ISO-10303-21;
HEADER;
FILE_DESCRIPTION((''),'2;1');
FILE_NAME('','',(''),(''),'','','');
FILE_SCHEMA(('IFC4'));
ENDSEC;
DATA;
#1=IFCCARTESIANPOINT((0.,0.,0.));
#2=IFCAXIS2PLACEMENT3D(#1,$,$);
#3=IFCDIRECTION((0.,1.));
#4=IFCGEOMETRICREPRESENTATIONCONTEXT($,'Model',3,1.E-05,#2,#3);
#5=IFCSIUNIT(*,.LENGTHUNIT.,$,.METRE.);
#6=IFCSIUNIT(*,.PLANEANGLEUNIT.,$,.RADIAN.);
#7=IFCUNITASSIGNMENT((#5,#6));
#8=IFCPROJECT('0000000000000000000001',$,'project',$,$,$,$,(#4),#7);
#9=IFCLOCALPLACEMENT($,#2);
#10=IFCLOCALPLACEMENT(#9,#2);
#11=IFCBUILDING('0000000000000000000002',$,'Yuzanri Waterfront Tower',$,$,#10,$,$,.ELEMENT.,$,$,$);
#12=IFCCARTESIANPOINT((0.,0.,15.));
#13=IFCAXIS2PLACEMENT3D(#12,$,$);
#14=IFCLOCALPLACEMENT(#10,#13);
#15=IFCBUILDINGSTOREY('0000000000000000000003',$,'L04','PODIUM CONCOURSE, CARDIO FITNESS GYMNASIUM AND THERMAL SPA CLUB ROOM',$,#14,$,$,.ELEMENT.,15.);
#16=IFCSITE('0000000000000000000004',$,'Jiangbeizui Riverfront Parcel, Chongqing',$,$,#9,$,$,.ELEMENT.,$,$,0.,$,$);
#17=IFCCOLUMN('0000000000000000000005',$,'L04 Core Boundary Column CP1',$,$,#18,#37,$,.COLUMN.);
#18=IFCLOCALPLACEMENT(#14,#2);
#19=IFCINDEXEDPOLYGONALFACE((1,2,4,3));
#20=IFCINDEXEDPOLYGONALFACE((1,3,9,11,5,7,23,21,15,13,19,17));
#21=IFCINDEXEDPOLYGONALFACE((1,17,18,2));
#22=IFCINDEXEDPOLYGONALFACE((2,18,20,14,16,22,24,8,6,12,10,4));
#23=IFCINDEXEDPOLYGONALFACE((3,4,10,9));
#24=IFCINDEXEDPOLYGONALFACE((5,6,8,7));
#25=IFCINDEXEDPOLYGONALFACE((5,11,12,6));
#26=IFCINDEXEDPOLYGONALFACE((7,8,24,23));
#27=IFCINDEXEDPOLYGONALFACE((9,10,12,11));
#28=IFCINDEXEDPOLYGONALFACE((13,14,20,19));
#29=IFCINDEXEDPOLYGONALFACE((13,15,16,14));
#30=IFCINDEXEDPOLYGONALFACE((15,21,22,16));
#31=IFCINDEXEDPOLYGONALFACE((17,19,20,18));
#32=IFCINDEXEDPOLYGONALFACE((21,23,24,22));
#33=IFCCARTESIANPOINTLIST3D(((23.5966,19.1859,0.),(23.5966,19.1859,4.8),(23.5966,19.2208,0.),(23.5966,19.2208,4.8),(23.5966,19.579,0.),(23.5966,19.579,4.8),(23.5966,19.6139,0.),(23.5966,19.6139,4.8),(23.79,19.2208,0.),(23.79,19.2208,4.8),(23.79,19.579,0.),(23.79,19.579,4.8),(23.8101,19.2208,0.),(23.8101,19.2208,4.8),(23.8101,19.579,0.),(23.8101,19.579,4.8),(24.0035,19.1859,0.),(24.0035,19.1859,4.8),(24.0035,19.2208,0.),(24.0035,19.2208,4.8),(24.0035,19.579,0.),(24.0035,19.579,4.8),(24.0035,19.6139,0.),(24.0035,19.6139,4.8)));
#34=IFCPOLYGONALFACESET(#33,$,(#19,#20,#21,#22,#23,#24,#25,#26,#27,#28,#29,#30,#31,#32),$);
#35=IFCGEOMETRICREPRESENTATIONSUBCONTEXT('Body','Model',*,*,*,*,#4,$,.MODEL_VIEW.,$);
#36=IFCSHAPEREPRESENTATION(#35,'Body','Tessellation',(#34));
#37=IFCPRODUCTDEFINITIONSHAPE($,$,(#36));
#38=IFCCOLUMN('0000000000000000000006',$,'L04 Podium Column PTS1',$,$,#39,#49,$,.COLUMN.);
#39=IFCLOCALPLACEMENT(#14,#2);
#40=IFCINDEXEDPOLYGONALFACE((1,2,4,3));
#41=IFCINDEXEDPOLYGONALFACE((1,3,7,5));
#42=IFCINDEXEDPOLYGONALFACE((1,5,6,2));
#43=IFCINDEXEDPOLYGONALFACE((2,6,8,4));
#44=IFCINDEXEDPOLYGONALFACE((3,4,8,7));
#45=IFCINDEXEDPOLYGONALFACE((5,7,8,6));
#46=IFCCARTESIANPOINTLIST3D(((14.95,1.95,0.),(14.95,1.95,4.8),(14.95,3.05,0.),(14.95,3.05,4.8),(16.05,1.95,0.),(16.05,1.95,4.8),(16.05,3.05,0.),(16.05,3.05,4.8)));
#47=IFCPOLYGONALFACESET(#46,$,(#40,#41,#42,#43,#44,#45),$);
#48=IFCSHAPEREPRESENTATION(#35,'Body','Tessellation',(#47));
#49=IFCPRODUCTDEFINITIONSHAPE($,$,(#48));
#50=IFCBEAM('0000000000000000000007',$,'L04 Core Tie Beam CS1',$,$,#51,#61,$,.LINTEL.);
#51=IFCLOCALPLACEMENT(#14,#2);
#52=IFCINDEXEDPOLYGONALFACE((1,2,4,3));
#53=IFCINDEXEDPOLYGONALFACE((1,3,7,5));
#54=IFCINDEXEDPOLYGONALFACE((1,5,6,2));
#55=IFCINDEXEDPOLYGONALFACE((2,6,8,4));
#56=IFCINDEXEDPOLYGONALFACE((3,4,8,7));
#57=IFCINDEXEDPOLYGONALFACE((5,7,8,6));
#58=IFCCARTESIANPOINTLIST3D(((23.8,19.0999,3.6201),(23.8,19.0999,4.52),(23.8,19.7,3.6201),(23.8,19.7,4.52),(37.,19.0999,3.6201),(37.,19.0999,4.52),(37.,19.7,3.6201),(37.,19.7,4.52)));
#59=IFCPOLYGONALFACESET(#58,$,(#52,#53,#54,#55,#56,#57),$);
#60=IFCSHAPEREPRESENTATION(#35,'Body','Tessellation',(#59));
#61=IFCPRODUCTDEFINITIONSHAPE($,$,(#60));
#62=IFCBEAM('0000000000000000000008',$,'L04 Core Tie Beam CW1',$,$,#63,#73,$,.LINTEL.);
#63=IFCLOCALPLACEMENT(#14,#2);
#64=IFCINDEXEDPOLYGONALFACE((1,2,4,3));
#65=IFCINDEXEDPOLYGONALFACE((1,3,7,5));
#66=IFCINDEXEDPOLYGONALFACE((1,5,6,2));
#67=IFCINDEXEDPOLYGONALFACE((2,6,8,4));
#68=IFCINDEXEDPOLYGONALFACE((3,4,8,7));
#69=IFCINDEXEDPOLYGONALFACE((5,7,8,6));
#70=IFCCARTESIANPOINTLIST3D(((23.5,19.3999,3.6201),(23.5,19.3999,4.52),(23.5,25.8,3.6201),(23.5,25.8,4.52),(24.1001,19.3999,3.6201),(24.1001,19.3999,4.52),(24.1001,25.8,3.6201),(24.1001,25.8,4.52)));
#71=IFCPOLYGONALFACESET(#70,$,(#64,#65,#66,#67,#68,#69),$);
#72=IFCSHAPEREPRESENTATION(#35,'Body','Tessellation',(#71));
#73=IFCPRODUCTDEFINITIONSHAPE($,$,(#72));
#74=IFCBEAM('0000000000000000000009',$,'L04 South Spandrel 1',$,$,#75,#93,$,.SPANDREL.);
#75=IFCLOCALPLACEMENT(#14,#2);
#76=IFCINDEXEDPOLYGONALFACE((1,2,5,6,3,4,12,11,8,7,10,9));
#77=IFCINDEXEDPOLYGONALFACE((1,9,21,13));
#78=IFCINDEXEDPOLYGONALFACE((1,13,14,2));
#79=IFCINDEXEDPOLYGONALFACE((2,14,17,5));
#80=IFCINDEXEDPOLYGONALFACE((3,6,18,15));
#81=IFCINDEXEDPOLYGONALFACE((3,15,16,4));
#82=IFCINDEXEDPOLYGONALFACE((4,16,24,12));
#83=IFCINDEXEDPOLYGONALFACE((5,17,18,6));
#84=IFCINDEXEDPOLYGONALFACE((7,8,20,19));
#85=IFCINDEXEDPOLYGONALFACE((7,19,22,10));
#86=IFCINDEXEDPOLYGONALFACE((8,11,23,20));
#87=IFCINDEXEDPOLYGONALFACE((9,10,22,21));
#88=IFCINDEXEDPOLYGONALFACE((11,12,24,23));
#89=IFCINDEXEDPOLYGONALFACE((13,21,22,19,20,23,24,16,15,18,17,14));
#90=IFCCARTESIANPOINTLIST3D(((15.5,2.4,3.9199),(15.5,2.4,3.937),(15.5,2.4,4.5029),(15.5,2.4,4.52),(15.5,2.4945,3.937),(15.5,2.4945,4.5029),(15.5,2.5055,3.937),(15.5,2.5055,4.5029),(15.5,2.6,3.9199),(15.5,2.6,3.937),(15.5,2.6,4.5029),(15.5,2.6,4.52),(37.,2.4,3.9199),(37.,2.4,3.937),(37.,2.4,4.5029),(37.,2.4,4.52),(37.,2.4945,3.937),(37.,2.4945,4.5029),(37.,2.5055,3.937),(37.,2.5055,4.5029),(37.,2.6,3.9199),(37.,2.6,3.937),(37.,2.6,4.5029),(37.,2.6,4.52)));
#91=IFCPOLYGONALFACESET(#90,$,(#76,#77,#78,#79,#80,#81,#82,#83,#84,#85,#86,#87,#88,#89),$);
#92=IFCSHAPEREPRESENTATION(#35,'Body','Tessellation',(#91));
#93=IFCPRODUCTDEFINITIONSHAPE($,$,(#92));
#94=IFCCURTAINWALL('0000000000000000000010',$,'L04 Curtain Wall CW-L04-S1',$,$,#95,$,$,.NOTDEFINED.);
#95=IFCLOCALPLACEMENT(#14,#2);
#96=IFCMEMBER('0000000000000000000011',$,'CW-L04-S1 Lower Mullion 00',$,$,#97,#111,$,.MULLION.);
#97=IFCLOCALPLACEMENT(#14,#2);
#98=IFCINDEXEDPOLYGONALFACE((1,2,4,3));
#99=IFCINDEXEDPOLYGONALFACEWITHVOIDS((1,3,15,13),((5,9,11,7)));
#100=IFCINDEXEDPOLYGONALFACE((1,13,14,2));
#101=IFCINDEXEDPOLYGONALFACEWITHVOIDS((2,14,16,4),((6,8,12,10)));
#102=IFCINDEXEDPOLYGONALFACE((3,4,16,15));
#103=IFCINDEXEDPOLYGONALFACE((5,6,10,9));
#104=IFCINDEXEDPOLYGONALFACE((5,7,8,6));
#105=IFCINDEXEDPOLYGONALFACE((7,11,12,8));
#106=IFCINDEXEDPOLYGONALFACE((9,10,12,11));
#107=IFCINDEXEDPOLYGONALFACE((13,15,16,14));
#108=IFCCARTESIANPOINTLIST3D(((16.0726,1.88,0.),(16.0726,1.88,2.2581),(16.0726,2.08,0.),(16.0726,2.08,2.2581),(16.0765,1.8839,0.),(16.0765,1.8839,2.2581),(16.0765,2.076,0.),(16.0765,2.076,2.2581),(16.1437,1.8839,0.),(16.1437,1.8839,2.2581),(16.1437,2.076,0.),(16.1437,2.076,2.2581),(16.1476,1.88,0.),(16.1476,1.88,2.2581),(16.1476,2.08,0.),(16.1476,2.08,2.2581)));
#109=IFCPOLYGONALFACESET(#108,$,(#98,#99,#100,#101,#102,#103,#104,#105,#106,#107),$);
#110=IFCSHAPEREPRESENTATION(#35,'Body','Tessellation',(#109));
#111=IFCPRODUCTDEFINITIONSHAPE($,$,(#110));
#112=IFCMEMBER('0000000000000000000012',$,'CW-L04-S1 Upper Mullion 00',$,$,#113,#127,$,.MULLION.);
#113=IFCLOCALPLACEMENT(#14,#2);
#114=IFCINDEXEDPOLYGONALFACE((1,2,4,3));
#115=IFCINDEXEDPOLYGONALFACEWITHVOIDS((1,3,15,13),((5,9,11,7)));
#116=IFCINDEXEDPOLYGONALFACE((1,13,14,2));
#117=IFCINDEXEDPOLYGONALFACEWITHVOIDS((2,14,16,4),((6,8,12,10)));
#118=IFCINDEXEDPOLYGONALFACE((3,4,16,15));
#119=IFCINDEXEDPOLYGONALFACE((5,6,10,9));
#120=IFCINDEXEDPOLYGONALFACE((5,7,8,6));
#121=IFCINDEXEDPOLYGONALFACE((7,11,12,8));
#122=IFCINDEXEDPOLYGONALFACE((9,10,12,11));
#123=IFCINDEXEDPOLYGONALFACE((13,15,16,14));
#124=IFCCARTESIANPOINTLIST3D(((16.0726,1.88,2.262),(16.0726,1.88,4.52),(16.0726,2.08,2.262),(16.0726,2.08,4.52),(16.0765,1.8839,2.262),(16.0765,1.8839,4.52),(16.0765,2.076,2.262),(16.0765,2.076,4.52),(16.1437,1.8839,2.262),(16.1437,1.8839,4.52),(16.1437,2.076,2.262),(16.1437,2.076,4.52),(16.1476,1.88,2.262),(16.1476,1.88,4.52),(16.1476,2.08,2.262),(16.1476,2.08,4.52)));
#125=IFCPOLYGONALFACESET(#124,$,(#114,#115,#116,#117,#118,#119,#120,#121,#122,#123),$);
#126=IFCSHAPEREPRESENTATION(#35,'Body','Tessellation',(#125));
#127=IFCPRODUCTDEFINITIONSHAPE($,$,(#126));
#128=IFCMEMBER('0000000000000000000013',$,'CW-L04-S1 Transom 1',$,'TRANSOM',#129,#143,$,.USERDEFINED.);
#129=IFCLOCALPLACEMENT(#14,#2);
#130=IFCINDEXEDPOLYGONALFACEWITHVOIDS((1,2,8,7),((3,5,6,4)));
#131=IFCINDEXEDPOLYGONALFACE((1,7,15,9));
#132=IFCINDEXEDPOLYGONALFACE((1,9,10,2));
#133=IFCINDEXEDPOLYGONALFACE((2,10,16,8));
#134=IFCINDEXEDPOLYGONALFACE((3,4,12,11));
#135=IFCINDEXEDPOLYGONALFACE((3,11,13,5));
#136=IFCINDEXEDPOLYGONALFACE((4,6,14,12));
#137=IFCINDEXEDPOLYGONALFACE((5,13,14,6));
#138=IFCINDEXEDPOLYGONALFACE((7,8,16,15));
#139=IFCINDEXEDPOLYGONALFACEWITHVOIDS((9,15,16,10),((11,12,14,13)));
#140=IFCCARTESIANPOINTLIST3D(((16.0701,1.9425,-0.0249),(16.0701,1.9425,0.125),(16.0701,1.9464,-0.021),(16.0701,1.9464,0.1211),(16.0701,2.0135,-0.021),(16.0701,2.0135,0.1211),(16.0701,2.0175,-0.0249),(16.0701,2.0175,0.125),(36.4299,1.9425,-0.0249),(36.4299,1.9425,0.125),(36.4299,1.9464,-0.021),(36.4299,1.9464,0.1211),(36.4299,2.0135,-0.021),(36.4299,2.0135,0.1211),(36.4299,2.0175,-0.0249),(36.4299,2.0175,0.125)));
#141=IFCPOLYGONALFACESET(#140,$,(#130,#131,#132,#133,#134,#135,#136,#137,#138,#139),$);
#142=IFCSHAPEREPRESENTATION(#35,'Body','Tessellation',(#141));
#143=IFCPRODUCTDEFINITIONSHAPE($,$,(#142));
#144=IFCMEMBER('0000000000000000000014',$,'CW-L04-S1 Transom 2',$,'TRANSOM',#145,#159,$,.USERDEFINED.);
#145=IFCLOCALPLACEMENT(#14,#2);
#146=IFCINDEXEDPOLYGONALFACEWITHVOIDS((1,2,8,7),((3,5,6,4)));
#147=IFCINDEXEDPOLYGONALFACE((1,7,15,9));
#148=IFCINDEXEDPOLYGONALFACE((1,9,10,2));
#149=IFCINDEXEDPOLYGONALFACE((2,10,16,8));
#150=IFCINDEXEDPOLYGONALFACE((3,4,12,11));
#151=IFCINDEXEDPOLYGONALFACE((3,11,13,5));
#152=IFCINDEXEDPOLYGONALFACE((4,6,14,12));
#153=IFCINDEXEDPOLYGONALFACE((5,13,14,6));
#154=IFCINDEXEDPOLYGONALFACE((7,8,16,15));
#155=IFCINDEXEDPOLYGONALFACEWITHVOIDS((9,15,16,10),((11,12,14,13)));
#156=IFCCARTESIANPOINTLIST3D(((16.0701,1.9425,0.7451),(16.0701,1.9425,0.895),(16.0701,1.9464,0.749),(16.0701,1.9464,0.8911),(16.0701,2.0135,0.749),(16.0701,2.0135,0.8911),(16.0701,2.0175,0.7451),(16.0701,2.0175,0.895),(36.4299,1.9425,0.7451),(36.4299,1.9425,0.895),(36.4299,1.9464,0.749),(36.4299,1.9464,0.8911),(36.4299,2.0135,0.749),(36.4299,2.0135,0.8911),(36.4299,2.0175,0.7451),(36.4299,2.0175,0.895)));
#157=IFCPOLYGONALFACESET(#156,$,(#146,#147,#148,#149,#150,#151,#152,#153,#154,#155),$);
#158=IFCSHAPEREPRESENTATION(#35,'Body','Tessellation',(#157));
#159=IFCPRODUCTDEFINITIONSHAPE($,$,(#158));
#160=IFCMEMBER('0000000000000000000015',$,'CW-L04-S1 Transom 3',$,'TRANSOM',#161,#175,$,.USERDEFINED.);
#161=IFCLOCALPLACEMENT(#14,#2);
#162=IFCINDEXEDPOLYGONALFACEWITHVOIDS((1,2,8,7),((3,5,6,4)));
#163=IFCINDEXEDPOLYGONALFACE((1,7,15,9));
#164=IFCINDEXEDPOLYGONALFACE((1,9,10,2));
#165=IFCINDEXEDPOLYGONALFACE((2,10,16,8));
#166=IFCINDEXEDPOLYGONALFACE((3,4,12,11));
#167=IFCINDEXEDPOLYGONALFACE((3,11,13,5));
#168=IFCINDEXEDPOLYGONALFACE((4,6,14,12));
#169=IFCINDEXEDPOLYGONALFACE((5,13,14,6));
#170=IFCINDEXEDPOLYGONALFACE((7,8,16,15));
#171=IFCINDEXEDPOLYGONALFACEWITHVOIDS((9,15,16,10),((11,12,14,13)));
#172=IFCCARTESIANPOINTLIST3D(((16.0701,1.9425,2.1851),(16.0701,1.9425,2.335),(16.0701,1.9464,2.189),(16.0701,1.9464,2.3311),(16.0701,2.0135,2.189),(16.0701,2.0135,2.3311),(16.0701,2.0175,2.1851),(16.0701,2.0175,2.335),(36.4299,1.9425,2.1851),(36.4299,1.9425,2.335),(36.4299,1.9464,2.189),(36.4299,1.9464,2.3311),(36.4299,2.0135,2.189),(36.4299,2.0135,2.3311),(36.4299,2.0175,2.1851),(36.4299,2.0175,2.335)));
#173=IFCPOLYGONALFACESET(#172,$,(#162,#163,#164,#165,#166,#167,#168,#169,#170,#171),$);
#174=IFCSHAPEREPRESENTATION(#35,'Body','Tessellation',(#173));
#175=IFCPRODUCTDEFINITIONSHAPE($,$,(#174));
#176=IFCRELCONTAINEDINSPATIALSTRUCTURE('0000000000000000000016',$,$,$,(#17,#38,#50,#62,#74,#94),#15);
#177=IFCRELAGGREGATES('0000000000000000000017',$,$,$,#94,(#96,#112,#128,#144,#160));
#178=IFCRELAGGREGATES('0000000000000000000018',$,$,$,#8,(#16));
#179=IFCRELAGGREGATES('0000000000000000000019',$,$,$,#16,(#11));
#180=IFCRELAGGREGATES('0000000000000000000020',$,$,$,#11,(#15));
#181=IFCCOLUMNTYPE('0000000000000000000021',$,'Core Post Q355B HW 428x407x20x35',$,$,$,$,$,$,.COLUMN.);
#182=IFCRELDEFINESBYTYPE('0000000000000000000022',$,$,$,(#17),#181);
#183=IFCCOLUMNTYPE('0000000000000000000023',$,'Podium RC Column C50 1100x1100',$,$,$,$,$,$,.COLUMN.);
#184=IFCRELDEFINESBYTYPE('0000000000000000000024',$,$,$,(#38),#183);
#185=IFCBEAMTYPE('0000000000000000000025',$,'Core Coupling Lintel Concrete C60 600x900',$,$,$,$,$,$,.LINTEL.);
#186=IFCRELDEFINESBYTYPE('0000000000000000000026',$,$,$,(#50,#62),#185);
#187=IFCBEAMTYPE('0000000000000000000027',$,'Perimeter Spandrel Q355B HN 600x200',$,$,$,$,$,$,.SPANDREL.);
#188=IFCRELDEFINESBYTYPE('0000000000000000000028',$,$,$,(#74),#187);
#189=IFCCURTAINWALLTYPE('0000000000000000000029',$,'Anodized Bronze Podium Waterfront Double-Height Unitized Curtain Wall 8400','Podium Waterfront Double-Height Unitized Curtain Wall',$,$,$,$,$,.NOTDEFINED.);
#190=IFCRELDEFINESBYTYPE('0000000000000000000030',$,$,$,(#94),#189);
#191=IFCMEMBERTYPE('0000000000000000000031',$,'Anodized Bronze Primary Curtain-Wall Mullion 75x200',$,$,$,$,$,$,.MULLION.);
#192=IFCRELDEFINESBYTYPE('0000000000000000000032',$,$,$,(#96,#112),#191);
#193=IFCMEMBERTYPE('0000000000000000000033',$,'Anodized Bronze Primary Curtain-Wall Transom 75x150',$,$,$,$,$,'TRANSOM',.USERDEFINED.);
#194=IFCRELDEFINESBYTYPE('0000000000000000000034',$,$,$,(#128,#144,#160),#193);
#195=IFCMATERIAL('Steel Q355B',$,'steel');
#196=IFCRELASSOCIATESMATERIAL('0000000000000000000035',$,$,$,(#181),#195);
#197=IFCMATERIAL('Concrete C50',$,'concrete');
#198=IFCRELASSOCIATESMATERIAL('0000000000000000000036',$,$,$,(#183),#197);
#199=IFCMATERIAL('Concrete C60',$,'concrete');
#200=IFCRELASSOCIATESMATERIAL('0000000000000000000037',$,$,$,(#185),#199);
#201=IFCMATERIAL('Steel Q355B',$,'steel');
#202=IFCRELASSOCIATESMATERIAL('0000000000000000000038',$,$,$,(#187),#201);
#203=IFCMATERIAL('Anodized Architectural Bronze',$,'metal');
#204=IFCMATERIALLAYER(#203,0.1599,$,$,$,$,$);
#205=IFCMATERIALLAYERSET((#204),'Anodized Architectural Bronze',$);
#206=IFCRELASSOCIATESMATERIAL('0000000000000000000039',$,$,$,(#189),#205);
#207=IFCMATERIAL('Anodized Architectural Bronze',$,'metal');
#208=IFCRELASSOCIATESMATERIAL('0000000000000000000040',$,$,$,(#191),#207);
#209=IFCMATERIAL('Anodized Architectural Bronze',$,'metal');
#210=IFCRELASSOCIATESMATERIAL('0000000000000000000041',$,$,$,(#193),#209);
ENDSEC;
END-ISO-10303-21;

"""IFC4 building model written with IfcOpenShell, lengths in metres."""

from ifc_helpers import new_model, si_unit, direction, frame, origin, origin_2d, place, context, subcontext, project, spatial, rectangle, hollow_rectangle, i_section, extrude, source, transform, mapped, material, layer, layer_set, material_profile, profile_set, type_object, element, aggregate, save


model = new_model("IFC4")

# Units and contexts
model_context = context("Model", 3, precision=1e-05, world=origin(), true_north=direction((0.0, 1.0)))
body_context = subcontext(model_context, "Body", "Model", "MODEL_VIEW")
ifc_project = project(units=[si_unit("LENGTHUNIT", "METRE"), si_unit("PLANEANGLEUNIT", "RADIAN")], contexts=[model_context])

# Site, building, storey
site_placement = place(None, origin())
site = spatial("IfcSite", under=ifc_project, at=site_placement, Name="Jiangbeizui Riverfront Parcel, Chongqing", CompositionType="ELEMENT", RefElevation=0.0)
building_placement = place(site_placement, origin())
building = spatial("IfcBuilding", under=site, at=building_placement, Name="Yuzanri Waterfront Tower", CompositionType="ELEMENT")
storey_placement = place(building_placement, frame((0.0, 0.0, 15.0)))
storey = spatial("IfcBuildingStorey", under=building, at=storey_placement, Name="L04", Description="PODIUM CONCOURSE, CARDIO FITNESS GYMNASIUM AND THERMAL SPA CLUB ROOM", CompositionType="ELEMENT", Elevation=15.0)

# Columns
ifc_material_1 = material(Name="Steel Q355B", Category="steel")
ifc_material_profile_1 = material_profile(ifc_material_1, i_section(OverallWidth=0.407, OverallDepth=0.428, WebThickness=0.02, FlangeThickness=0.0349, at=origin_2d()), Name="HW 428x407x20x35")
ifc_profile_set_1 = profile_set([ifc_material_profile_1], Name="Steel Q355B")
column_type_1 = type_object("IfcColumnType", Name="Core Post Q355B HW 428x407x20x35", PredefinedType="COLUMN", material=ifc_profile_set_1)
shared_shape_1 = source(origin(), body_context, "Body", "SweptSolid", [
    extrude(i_section(OverallWidth=0.407, OverallDepth=0.428, WebThickness=0.02, FlangeThickness=0.0349, at=origin_2d()), origin(), (0.0, 0.0, 1.0), 4.8),
])
column_1_placement = place(storey_placement, frame((23.8, 19.3999, 0.0), z_axis=(0.0, 0.0, 1.0), x_axis=(1.0, 0.0, 0.0)))
element("IfcColumn", 1, at=column_1_placement, inside=storey, type_object=column_type_1, Name="L04 Core Boundary Column CP1", PredefinedType="COLUMN", context=body_context, shape_type="MappedRepresentation", body=[
    mapped(shared_shape_1, transform((0.0, 0.0, 0.0), scale=1.0)),
])
ifc_material_2 = material(Name="Concrete C50", Category="concrete")
ifc_material_profile_2 = material_profile(ifc_material_2, rectangle(XDim=1.1001, YDim=1.1001, at=origin_2d()), Name="RC 1100x1100")
ifc_profile_set_2 = profile_set([ifc_material_profile_2], Name="Concrete C50")
column_type_2 = type_object("IfcColumnType", Name="Podium RC Column C50 1100x1100", PredefinedType="COLUMN", material=ifc_profile_set_2)
shared_shape_2 = source(origin(), body_context, "Body", "SweptSolid", [
    extrude(rectangle(XDim=1.1001, YDim=1.1001, at=origin_2d()), origin(), (0.0, 0.0, 1.0), 4.8),
])
column_2_placement = place(storey_placement, frame((15.5, 2.5, 0.0), z_axis=(0.0, 0.0, 1.0), x_axis=(1.0, 0.0, 0.0)))
element("IfcColumn", 2, at=column_2_placement, inside=storey, type_object=column_type_2, Name="L04 Podium Column PTS1", PredefinedType="COLUMN", context=body_context, shape_type="MappedRepresentation", body=[
    mapped(shared_shape_2, transform((0.0, 0.0, 0.0), scale=1.0)),
])

# Beams
ifc_material_3 = material(Name="Concrete C60", Category="concrete")
ifc_material_profile_3 = material_profile(ifc_material_3, rectangle(XDim=0.6001, YDim=0.8999, at=origin_2d()), Name="RC 600x900")
ifc_profile_set_3 = profile_set([ifc_material_profile_3], Name="Concrete C60")
beam_type_1 = type_object("IfcBeamType", Name="Core Coupling Lintel Concrete C60 600x900", PredefinedType="LINTEL", material=ifc_profile_set_3)
shared_shape_3 = source(origin(), body_context, "Body", "SweptSolid", [
    extrude(rectangle(XDim=0.6001, YDim=0.8999, at=origin_2d()), origin(), (0.0, 0.0, 1.0), 13.2),
])
beam_1_placement = place(storey_placement, frame((23.8, 19.3999, 4.0701), z_axis=(1.0, 0.0, 0.0), x_axis=(0.0, 1.0, 0.0)))
element("IfcBeam", 3, at=beam_1_placement, inside=storey, type_object=beam_type_1, Name="L04 Core Tie Beam CS1", PredefinedType="LINTEL", context=body_context, shape_type="MappedRepresentation", body=[
    mapped(shared_shape_3, transform((0.0, 0.0, 0.0), scale=1.0)),
])
shared_shape_4 = source(origin(), body_context, "Body", "SweptSolid", [
    extrude(rectangle(XDim=0.6001, YDim=0.8999, at=origin_2d()), origin(), (0.0, 0.0, 1.0), 6.4001),
])
beam_2_placement = place(storey_placement, frame((23.8, 19.3999, 4.0701), z_axis=(0.0, 1.0, 0.0), x_axis=(-1.0, 0.0, 0.0)))
element("IfcBeam", 4, at=beam_2_placement, inside=storey, type_object=beam_type_1, Name="L04 Core Tie Beam CW1", PredefinedType="LINTEL", context=body_context, shape_type="MappedRepresentation", body=[
    mapped(shared_shape_4, transform((0.0, 0.0, 0.0), scale=1.0)),
])
ifc_material_4 = material(Name="Steel Q355B", Category="steel")
ifc_material_profile_4 = material_profile(ifc_material_4, i_section(OverallWidth=0.2, OverallDepth=0.6001, WebThickness=0.011, FlangeThickness=0.0171, at=origin_2d()), Name="HN 600x200x11x17")
ifc_profile_set_4 = profile_set([ifc_material_profile_4], Name="Steel Q355B")
beam_type_2 = type_object("IfcBeamType", Name="Perimeter Spandrel Q355B HN 600x200", PredefinedType="SPANDREL", material=ifc_profile_set_4)
shared_shape_5 = source(origin(), body_context, "Body", "SweptSolid", [
    extrude(i_section(OverallWidth=0.2, OverallDepth=0.6001, WebThickness=0.011, FlangeThickness=0.0171, at=origin_2d()), origin(), (0.0, 0.0, 1.0), 21.5),
])
beam_3_placement = place(storey_placement, frame((15.5, 2.5, 4.22), z_axis=(1.0, 0.0, 0.0), x_axis=(0.0, 1.0, 0.0)))
element("IfcBeam", 5, at=beam_3_placement, inside=storey, type_object=beam_type_2, Name="L04 South Spandrel 1", PredefinedType="SPANDREL", context=body_context, shape_type="MappedRepresentation", body=[
    mapped(shared_shape_5, transform((0.0, 0.0, 0.0), scale=1.0)),
])

# Curtain wall, members
ifc_material_5 = material(Name="Anodized Architectural Bronze", Category="metal")
ifc_layer_1 = layer(ifc_material_5, 0.1599)
ifc_layer_set_1 = layer_set([ifc_layer_1], Name="Anodized Architectural Bronze")
curtain_wall_type = type_object("IfcCurtainWallType", Name="Anodized Bronze Podium Waterfront Double-Height Unitized Curtain Wall 8400", Description="Podium Waterfront Double-Height Unitized Curtain Wall", PredefinedType="NOTDEFINED", material=ifc_layer_set_1)
curtain_wall_placement = place(storey_placement, origin())
curtain_wall = element("IfcCurtainWall", 6, at=curtain_wall_placement, inside=storey, type_object=curtain_wall_type, Name="L04 Curtain Wall CW-L04-S1", PredefinedType="NOTDEFINED")
ifc_material_6 = material(Name="Anodized Architectural Bronze", Category="metal")
ifc_material_profile_5 = material_profile(ifc_material_6, hollow_rectangle(XDim=0.075, YDim=0.2, WallThickness=0.0039, at=origin_2d()), Name="CWM 75x200")
ifc_profile_set_5 = profile_set([ifc_material_profile_5], Name="Anodized Architectural Bronze")
member_type_1 = type_object("IfcMemberType", Name="Anodized Bronze Primary Curtain-Wall Mullion 75x200", PredefinedType="MULLION", material=ifc_profile_set_5)
shared_shape_6 = source(origin(), body_context, "Body", "SweptSolid", [
    extrude(hollow_rectangle(XDim=0.075, YDim=0.2, WallThickness=0.0039, at=origin_2d()), origin(), (0.0, 0.0, 1.0), 2.2581),
])
member_1_placement = place(storey_placement, frame((16.1101, 1.98, 0.0), z_axis=(0.0, 0.0, 1.0), x_axis=(1.0, 0.0, 0.0)))
member_1 = element("IfcMember", 7, at=member_1_placement, type_object=member_type_1, Name="CW-L04-S1 Lower Mullion 00", PredefinedType="MULLION", context=body_context, shape_type="MappedRepresentation", body=[
    mapped(shared_shape_6, transform((0.0, 0.0, 0.0), scale=1.0)),
])
member_2_placement = place(storey_placement, frame((16.1101, 1.98, 2.262), z_axis=(0.0, 0.0, 1.0), x_axis=(1.0, 0.0, 0.0)))
member_2 = element("IfcMember", 8, at=member_2_placement, type_object=member_type_1, Name="CW-L04-S1 Upper Mullion 00", PredefinedType="MULLION", context=body_context, shape_type="MappedRepresentation", body=[
    mapped(shared_shape_6, transform((0.0, 0.0, 0.0), scale=1.0)),
])
ifc_material_7 = material(Name="Anodized Architectural Bronze", Category="metal")
ifc_material_profile_6 = material_profile(ifc_material_7, hollow_rectangle(XDim=0.075, YDim=0.1499, WallThickness=0.0039, at=origin_2d()), Name="CWT 75x150")
ifc_profile_set_6 = profile_set([ifc_material_profile_6], Name="Anodized Architectural Bronze")
member_type_2 = type_object("IfcMemberType", Name="Anodized Bronze Primary Curtain-Wall Transom 75x150", ElementType="TRANSOM", PredefinedType="USERDEFINED", material=ifc_profile_set_6)
shared_shape_7 = source(origin(), body_context, "Body", "SweptSolid", [
    extrude(hollow_rectangle(XDim=0.075, YDim=0.1499, WallThickness=0.0039, at=origin_2d()), origin(), (0.0, 0.0, 1.0), 20.3599),
])
member_3_placement = place(storey_placement, frame((16.0701, 1.98, 0.05), z_axis=(1.0, 0.0, 0.0), x_axis=(0.0, 1.0, 0.0)))
member_3 = element("IfcMember", 9, at=member_3_placement, type_object=member_type_2, Name="CW-L04-S1 Transom 1", ObjectType="TRANSOM", PredefinedType="USERDEFINED", context=body_context, shape_type="MappedRepresentation", body=[
    mapped(shared_shape_7, transform((0.0, 0.0, 0.0), scale=1.0)),
])
member_4_placement = place(storey_placement, frame((16.0701, 1.98, 0.8201), z_axis=(1.0, 0.0, 0.0), x_axis=(0.0, 1.0, 0.0)))
member_4 = element("IfcMember", 10, at=member_4_placement, type_object=member_type_2, Name="CW-L04-S1 Transom 2", ObjectType="TRANSOM", PredefinedType="USERDEFINED", context=body_context, shape_type="MappedRepresentation", body=[
    mapped(shared_shape_7, transform((0.0, 0.0, 0.0), scale=1.0)),
])
member_5_placement = place(storey_placement, frame((16.0701, 1.98, 2.26), z_axis=(1.0, 0.0, 0.0), x_axis=(0.0, 1.0, 0.0)))
member_5 = element("IfcMember", 11, at=member_5_placement, type_object=member_type_2, Name="CW-L04-S1 Transom 3", ObjectType="TRANSOM", PredefinedType="USERDEFINED", context=body_context, shape_type="MappedRepresentation", body=[
    mapped(shared_shape_7, transform((0.0, 0.0, 0.0), scale=1.0)),
])
aggregate(curtain_wall, [member_1, member_2, member_3, member_4, member_5])

save(model, "model.ifc")
